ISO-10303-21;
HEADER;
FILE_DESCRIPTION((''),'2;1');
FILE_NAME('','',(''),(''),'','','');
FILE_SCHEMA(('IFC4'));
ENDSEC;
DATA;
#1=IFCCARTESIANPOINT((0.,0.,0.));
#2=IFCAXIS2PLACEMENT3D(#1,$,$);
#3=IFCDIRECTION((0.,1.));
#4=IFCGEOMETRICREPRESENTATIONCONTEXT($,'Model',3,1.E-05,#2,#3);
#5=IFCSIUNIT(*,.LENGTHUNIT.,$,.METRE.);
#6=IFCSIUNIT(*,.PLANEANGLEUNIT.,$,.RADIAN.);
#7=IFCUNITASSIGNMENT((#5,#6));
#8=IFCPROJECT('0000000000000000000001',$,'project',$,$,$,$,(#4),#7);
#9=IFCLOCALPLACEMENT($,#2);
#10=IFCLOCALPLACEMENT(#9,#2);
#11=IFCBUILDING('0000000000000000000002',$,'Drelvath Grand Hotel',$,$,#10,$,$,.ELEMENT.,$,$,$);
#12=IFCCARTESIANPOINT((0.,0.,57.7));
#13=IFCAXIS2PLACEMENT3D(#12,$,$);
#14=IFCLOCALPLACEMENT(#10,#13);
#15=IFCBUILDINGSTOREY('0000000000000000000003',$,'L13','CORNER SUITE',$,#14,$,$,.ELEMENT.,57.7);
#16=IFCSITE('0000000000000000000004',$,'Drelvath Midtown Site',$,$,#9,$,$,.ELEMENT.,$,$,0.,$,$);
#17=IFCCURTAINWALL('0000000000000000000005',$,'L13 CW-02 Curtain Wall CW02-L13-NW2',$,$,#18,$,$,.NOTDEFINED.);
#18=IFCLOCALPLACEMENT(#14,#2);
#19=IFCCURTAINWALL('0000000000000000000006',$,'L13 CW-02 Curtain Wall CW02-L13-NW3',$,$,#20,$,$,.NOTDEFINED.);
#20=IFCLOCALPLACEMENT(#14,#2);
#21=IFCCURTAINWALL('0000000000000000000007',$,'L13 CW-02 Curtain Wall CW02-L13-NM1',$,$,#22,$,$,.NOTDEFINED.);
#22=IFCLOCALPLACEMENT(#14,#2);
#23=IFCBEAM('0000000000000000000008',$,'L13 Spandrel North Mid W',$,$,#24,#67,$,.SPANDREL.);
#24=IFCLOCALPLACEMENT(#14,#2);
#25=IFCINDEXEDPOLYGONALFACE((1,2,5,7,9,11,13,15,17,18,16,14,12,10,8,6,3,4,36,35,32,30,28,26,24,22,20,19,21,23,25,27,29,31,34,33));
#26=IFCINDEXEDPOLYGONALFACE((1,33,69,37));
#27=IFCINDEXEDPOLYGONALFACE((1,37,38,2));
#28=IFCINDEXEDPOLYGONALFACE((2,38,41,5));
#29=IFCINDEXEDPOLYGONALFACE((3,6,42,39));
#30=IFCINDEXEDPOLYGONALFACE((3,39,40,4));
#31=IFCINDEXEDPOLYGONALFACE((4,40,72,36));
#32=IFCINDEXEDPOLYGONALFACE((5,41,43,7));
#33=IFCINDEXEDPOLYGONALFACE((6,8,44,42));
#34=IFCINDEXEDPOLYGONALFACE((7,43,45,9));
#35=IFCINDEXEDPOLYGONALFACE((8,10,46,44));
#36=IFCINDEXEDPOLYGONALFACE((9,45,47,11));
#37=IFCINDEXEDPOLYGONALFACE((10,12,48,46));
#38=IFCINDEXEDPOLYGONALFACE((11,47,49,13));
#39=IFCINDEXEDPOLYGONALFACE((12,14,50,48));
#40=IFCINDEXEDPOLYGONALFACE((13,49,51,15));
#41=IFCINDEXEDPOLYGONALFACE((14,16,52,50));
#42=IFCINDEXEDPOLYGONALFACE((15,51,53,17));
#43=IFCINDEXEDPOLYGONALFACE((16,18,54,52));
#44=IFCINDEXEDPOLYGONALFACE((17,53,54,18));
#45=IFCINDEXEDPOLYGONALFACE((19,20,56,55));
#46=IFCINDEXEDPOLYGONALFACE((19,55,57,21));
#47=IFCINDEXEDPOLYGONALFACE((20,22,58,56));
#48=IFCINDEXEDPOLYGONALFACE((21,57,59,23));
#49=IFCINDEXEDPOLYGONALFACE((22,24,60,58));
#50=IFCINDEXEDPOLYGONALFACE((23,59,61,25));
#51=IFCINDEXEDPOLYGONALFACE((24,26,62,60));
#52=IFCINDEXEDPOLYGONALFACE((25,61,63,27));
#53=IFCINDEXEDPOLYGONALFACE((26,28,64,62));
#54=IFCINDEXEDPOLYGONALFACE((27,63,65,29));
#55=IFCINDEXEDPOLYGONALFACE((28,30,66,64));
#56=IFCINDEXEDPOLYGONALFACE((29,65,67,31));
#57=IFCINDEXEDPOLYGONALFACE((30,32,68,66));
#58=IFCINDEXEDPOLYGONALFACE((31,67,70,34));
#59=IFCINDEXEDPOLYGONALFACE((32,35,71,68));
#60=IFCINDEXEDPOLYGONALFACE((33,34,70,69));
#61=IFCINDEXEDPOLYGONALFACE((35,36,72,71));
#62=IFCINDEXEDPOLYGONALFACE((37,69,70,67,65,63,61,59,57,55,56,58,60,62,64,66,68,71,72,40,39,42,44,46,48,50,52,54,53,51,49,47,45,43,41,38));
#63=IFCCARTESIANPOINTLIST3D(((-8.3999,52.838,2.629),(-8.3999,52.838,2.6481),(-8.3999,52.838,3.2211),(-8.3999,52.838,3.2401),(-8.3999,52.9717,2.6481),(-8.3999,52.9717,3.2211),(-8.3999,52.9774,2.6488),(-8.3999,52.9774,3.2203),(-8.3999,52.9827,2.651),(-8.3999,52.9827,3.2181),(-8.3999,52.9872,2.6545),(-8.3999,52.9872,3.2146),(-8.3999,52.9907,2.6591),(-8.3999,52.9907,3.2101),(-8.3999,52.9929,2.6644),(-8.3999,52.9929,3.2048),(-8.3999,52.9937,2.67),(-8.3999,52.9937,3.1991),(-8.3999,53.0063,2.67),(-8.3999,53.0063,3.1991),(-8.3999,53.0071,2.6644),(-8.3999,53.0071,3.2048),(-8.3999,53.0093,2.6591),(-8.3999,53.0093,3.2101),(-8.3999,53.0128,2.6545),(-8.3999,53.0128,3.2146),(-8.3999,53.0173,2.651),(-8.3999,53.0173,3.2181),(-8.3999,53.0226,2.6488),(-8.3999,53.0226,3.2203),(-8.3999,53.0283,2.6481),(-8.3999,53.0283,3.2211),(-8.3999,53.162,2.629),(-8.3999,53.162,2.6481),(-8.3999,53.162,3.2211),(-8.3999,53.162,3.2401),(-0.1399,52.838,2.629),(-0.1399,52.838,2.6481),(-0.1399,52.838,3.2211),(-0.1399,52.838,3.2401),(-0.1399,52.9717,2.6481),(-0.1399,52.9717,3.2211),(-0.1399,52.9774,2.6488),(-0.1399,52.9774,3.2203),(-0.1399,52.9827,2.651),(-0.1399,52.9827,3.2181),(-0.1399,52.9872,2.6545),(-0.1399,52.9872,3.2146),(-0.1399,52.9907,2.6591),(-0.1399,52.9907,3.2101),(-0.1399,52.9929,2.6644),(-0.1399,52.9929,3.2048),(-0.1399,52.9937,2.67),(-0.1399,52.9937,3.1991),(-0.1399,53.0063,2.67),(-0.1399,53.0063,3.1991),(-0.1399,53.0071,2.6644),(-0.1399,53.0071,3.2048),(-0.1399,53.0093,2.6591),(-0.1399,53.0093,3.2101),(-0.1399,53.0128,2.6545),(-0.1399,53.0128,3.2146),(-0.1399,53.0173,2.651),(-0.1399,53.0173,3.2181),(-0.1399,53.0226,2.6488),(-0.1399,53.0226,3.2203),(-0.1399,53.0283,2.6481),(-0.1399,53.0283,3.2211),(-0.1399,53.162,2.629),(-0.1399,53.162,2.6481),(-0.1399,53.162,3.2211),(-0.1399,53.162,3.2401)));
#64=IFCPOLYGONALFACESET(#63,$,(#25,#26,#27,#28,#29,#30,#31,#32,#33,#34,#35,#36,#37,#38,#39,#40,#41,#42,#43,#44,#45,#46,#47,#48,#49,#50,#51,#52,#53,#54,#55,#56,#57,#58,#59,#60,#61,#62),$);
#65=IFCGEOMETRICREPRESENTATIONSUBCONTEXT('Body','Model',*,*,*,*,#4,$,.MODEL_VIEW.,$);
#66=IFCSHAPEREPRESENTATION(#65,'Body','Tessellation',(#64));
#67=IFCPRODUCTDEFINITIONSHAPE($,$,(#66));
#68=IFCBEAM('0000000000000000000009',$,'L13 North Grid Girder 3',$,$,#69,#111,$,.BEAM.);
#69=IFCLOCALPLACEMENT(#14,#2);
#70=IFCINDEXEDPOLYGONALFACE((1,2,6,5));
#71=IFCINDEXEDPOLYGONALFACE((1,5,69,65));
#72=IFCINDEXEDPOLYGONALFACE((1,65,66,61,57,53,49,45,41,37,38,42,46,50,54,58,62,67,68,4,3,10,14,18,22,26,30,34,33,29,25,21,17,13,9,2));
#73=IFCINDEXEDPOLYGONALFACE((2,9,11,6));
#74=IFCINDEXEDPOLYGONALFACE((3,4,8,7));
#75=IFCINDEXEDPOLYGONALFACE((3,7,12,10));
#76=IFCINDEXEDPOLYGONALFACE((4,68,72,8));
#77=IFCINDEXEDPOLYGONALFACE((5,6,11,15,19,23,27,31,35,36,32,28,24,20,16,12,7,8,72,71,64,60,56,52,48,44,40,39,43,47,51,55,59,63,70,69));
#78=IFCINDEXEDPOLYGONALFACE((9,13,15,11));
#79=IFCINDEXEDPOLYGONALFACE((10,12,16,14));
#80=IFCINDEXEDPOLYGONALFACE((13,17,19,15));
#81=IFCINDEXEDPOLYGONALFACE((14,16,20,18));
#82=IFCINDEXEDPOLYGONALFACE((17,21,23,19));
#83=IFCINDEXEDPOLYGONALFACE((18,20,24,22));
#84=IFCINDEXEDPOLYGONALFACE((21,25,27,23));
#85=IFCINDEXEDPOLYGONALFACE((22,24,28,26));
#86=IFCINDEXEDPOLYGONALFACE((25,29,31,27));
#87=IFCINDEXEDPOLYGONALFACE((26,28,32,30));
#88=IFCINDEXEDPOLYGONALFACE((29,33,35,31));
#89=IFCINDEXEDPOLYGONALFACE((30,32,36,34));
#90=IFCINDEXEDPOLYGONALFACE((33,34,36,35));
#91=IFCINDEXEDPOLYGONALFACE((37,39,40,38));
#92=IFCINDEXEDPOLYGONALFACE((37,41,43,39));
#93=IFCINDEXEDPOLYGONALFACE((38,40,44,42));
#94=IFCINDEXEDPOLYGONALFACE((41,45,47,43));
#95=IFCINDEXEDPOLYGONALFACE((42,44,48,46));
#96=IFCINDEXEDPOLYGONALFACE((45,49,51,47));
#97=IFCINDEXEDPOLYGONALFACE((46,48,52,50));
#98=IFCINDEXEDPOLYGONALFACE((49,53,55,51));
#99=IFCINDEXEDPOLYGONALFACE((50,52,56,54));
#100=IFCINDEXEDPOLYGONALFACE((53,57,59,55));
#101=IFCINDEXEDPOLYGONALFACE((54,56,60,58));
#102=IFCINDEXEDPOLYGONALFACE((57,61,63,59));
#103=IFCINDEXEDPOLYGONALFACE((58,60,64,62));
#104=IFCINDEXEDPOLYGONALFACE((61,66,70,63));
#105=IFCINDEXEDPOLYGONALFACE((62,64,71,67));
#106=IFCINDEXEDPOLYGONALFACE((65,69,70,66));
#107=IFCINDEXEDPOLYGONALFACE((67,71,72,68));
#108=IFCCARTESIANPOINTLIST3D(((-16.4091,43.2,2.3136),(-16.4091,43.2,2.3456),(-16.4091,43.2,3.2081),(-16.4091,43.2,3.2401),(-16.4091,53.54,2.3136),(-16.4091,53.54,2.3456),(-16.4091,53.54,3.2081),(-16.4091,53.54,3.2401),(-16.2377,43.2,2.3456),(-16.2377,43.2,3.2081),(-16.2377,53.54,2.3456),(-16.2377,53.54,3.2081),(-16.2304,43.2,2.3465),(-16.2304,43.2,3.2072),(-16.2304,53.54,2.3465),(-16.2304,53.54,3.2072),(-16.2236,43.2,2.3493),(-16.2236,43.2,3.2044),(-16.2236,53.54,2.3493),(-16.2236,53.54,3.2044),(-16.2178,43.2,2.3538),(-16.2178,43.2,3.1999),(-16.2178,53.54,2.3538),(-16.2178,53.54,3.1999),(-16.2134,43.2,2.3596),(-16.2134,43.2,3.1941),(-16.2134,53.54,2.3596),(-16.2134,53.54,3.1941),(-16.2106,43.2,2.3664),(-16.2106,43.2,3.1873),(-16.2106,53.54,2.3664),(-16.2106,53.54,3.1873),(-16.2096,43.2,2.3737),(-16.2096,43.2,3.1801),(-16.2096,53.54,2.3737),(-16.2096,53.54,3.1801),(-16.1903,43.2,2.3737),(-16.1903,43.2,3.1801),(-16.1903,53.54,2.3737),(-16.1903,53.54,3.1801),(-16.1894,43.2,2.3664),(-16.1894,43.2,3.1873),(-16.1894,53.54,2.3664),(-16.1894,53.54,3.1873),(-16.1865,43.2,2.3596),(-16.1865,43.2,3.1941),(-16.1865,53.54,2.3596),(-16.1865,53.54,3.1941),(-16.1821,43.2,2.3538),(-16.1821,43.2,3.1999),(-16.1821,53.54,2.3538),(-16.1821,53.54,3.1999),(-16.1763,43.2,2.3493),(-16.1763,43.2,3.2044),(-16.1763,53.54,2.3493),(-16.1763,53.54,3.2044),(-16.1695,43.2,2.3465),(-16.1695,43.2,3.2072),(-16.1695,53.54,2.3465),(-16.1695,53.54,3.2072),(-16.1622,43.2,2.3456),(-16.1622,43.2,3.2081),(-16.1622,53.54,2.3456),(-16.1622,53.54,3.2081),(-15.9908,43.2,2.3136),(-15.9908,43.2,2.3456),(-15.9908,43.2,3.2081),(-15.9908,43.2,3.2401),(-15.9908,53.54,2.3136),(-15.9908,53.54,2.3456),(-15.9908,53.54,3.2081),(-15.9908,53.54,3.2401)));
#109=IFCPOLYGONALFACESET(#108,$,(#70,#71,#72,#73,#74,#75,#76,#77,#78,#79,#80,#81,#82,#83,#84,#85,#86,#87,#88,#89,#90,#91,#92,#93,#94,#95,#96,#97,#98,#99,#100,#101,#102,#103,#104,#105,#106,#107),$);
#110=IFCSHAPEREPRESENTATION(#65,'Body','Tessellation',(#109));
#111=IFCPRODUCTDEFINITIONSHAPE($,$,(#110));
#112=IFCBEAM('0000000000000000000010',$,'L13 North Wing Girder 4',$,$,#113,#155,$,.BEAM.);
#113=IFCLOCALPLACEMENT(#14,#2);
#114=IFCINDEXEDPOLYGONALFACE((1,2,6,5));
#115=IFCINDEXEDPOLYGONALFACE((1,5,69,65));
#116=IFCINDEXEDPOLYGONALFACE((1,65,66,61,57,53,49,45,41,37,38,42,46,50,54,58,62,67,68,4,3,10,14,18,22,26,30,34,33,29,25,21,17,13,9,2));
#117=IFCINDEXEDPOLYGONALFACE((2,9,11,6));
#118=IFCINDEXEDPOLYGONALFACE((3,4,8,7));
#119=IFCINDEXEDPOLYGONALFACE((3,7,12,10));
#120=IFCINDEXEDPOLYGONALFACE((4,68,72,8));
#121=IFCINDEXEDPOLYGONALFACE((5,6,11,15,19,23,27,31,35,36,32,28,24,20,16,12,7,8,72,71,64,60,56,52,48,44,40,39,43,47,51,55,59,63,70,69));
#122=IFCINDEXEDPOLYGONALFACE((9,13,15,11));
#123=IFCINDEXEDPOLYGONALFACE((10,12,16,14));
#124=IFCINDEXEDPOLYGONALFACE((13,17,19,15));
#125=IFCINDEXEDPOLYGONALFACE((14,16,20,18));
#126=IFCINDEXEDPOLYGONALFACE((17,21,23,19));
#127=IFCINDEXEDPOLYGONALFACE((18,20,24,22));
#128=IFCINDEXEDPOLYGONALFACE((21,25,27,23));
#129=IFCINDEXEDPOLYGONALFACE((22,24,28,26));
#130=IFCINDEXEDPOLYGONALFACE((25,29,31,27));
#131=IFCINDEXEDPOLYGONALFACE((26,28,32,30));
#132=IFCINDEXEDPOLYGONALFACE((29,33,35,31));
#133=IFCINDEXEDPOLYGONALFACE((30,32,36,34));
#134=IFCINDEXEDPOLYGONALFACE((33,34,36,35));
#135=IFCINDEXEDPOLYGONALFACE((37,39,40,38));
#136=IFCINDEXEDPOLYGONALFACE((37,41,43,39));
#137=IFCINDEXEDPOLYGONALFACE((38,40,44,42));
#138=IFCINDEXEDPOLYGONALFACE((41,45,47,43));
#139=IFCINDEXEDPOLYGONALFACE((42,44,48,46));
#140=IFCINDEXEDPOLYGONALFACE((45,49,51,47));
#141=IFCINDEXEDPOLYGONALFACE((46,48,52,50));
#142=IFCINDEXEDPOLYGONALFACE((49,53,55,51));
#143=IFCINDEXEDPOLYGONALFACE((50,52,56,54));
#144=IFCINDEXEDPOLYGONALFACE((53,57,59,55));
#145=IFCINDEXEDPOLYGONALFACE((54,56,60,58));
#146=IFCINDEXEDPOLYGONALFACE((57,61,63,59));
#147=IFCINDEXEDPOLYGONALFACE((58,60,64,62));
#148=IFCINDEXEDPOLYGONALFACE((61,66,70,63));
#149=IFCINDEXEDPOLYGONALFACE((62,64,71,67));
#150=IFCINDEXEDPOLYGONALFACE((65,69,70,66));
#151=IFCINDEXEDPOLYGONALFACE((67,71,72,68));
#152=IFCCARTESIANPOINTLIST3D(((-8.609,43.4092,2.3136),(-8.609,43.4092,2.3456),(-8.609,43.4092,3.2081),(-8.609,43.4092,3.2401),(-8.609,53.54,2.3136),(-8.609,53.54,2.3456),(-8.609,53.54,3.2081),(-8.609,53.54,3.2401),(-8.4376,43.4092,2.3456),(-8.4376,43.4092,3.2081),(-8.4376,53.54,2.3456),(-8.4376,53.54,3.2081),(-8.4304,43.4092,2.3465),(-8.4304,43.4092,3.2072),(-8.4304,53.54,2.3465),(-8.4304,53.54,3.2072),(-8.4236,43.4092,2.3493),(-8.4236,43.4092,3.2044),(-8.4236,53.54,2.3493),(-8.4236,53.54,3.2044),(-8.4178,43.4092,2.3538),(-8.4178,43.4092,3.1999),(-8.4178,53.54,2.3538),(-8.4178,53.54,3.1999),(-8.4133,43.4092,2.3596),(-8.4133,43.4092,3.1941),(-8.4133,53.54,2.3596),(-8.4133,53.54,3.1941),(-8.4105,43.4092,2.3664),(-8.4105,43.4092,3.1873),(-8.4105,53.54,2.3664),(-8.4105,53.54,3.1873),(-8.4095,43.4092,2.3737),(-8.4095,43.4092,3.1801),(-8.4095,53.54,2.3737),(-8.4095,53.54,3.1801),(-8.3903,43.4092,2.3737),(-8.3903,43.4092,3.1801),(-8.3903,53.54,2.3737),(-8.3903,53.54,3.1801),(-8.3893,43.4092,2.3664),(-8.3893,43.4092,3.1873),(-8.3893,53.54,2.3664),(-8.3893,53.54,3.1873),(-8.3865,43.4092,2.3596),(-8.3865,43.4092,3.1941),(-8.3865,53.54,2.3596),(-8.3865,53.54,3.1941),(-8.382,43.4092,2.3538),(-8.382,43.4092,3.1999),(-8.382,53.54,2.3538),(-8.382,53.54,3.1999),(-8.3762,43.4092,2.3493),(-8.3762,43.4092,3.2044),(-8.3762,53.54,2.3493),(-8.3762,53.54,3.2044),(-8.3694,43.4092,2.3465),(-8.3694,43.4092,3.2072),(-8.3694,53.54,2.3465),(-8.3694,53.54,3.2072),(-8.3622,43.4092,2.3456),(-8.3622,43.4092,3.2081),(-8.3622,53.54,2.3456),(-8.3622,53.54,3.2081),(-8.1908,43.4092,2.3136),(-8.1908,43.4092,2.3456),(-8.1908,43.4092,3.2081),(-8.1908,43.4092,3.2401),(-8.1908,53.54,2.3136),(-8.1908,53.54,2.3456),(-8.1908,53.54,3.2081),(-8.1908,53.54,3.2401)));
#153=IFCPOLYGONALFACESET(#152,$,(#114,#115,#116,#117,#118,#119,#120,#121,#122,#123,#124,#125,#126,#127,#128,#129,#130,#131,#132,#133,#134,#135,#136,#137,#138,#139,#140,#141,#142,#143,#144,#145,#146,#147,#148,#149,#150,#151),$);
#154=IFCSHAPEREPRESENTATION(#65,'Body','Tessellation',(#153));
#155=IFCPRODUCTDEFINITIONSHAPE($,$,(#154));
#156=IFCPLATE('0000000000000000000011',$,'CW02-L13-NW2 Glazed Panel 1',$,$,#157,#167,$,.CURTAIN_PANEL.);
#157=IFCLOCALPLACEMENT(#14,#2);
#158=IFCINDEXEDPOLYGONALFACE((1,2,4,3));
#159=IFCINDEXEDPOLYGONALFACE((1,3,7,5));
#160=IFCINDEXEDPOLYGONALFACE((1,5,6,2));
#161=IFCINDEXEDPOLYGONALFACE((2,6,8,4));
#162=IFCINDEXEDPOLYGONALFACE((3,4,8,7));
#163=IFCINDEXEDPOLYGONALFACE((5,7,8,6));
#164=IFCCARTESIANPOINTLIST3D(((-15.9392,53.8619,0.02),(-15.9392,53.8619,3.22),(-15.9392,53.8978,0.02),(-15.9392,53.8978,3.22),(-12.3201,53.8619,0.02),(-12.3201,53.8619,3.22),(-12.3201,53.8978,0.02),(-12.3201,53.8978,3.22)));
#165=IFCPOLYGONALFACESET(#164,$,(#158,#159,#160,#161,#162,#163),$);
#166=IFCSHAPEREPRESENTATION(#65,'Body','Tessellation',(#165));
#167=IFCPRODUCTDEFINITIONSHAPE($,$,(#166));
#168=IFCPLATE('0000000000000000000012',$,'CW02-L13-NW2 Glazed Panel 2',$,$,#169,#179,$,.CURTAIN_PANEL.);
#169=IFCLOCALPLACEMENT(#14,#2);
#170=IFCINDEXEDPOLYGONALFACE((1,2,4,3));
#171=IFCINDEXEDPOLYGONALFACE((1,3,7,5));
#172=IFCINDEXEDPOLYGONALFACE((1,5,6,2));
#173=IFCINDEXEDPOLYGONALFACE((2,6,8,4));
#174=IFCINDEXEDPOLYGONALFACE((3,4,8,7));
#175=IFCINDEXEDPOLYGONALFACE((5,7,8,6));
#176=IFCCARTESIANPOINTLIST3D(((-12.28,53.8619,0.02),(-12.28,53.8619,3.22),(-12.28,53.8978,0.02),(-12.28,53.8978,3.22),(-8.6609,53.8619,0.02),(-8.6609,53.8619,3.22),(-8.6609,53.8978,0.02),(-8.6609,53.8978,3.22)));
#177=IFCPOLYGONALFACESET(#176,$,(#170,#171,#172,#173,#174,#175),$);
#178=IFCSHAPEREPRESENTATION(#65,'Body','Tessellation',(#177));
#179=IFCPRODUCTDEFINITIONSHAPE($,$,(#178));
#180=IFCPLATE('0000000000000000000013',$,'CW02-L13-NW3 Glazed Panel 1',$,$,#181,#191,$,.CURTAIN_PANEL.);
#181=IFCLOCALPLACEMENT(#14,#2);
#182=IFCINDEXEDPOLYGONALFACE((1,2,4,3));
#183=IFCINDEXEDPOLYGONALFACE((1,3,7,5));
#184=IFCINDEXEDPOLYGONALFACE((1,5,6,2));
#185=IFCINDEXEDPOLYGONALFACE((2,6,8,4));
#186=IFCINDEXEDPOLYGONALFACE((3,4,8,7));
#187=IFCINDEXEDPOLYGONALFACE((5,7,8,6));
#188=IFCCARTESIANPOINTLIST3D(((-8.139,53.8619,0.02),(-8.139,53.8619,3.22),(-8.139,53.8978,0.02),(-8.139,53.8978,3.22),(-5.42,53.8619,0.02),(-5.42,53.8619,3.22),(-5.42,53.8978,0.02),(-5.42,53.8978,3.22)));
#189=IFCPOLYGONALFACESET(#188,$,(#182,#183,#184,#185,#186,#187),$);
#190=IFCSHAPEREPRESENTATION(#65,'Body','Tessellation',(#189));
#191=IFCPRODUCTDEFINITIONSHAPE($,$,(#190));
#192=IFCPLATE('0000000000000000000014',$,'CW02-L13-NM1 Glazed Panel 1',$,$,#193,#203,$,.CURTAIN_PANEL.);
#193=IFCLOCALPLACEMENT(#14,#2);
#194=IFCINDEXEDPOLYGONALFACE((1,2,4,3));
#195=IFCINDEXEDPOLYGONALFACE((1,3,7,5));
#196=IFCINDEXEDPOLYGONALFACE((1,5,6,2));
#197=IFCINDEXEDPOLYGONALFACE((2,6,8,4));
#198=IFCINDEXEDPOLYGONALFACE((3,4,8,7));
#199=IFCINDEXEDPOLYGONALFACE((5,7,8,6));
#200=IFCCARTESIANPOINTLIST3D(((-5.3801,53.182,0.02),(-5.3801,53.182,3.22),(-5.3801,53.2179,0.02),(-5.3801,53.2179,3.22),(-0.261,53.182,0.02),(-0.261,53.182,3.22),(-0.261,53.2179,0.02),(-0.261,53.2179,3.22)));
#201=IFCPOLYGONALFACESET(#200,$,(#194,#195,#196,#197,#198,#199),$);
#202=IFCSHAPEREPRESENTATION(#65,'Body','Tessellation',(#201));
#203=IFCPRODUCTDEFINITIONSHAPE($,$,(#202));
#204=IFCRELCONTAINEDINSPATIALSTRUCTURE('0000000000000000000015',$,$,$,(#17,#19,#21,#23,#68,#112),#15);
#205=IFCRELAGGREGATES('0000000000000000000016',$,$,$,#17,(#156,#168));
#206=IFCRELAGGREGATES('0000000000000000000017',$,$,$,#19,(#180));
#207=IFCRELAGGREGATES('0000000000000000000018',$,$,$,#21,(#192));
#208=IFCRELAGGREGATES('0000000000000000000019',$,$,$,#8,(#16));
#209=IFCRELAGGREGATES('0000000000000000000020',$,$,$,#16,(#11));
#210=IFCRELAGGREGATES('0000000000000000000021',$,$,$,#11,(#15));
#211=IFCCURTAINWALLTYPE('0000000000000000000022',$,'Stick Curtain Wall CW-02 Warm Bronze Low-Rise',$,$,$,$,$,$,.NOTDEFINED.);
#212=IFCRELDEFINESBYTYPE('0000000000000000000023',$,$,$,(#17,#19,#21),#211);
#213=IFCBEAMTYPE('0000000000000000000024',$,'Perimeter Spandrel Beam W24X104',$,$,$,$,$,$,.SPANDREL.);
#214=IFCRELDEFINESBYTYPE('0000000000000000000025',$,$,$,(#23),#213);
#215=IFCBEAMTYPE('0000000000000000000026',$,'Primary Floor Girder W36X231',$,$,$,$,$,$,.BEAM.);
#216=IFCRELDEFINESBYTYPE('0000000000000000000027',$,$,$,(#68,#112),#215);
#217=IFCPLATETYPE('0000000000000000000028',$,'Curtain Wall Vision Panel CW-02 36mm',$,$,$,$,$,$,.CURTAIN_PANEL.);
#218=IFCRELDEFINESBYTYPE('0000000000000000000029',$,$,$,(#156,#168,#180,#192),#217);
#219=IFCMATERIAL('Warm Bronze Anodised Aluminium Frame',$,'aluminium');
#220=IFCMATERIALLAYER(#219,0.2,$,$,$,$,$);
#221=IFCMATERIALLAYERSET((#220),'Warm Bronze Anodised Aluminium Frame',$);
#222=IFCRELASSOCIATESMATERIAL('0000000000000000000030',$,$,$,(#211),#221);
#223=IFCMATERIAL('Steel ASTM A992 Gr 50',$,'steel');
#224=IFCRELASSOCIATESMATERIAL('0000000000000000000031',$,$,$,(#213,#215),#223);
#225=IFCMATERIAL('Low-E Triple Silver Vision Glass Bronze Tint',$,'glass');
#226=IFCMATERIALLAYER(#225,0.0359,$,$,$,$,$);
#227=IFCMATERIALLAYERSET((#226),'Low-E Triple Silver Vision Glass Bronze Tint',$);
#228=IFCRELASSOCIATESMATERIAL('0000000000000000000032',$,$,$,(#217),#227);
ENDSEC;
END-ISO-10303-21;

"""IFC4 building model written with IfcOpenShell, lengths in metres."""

from ifc_helpers import new_model, si_unit, direction, frame, origin, origin_2d, place, context, subcontext, project, spatial, rectangle, i_section, extrude, material, layer, layer_set, material_profile, profile_set, type_object, element, aggregate, save


model = new_model("IFC4")

# Units and contexts
model_context = context("Model", 3, precision=1e-05, world=origin(), true_north=direction((0.0, 1.0)))
body_context = subcontext(model_context, "Body", "Model", "MODEL_VIEW")
ifc_project = project(units=[si_unit("LENGTHUNIT", "METRE"), si_unit("PLANEANGLEUNIT", "RADIAN")], contexts=[model_context])

# Site, building, storey
site_placement = place(None, origin())
site = spatial("IfcSite", under=ifc_project, at=site_placement, Name="Drelvath Midtown Site", CompositionType="ELEMENT", RefElevation=0.0)
building_placement = place(site_placement, origin())
building = spatial("IfcBuilding", under=site, at=building_placement, Name="Drelvath Grand Hotel", CompositionType="ELEMENT")
storey_placement = place(building_placement, frame((0.0, 0.0, 57.7)))
storey = spatial("IfcBuildingStorey", under=building, at=storey_placement, Name="L13", Description="CORNER SUITE", CompositionType="ELEMENT", Elevation=57.7)

# Curtain walls
ifc_material_1 = material(Name="Warm Bronze Anodised Aluminium Frame", Category="aluminium")
ifc_layer_1 = layer(ifc_material_1, 0.2)
ifc_layer_set_1 = layer_set([ifc_layer_1], Name="Warm Bronze Anodised Aluminium Frame")
curtain_wall_type = type_object("IfcCurtainWallType", Name="Stick Curtain Wall CW-02 Warm Bronze Low-Rise", PredefinedType="NOTDEFINED", material=ifc_layer_set_1)
curtain_wall_1_placement = place(storey_placement, origin())
curtain_wall_1 = element("IfcCurtainWall", 1, at=curtain_wall_1_placement, inside=storey, type_object=curtain_wall_type, Name="L13 CW-02 Curtain Wall CW02-L13-NW2", PredefinedType="NOTDEFINED")
curtain_wall_2_placement = place(storey_placement, origin())
curtain_wall_2 = element("IfcCurtainWall", 2, at=curtain_wall_2_placement, inside=storey, type_object=curtain_wall_type, Name="L13 CW-02 Curtain Wall CW02-L13-NW3", PredefinedType="NOTDEFINED")
curtain_wall_3_placement = place(storey_placement, origin())
curtain_wall_3 = element("IfcCurtainWall", 3, at=curtain_wall_3_placement, inside=storey, type_object=curtain_wall_type, Name="L13 CW-02 Curtain Wall CW02-L13-NM1", PredefinedType="NOTDEFINED")

# Beams
ifc_material_2 = material(Name="Steel ASTM A992 Gr 50", Category="steel")
ifc_material_profile_1 = material_profile(ifc_material_2, i_section(OverallWidth=0.324, OverallDepth=0.6111, WebThickness=0.0127, FlangeThickness=0.019, FilletRadius=0.022, at=origin_2d()), Name="W24X104")
ifc_profile_set_1 = profile_set([ifc_material_profile_1], Name="Steel ASTM A992 Gr 50")
beam_type_1 = type_object("IfcBeamType", Name="Perimeter Spandrel Beam W24X104", PredefinedType="SPANDREL", material=ifc_profile_set_1)
beam_1_placement = place(storey_placement, frame((-8.3999, 53.0, 2.9346), z_axis=(1.0, 0.0, 0.0), x_axis=(0.0, 1.0, 0.0)))
element("IfcBeam", 4, at=beam_1_placement, inside=storey, type_object=beam_type_1, Name="L13 Spandrel North Mid W", PredefinedType="SPANDREL", context=body_context, shape_type="SweptSolid", body=[
    extrude(i_section(OverallWidth=0.324, OverallDepth=0.6111, WebThickness=0.0127, FlangeThickness=0.019, FilletRadius=0.022, at=origin_2d()), origin(), (0.0, 0.0, 1.0), 8.26),
])
ifc_material_profile_2 = material_profile(ifc_material_2, i_section(OverallWidth=0.4182, OverallDepth=0.9265, WebThickness=0.0193, FlangeThickness=0.032, FilletRadius=0.0281, at=origin_2d()), Name="W36X231")
ifc_profile_set_2 = profile_set([ifc_material_profile_2], Name="Steel ASTM A992 Gr 50")
beam_type_2 = type_object("IfcBeamType", Name="Primary Floor Girder W36X231", PredefinedType="BEAM", material=ifc_profile_set_2)
beam_2_placement = place(storey_placement, frame((-16.2, 43.2, 2.7769), z_axis=(0.0, 1.0, 0.0), x_axis=(-1.0, 0.0, 0.0)))
element("IfcBeam", 5, at=beam_2_placement, inside=storey, type_object=beam_type_2, Name="L13 North Grid Girder 3", PredefinedType="BEAM", context=body_context, shape_type="SweptSolid", body=[
    extrude(i_section(OverallWidth=0.4182, OverallDepth=0.9265, WebThickness=0.0193, FlangeThickness=0.032, FilletRadius=0.0281, at=origin_2d()), origin(), (0.0, 0.0, 1.0), 10.3401),
])
beam_3_placement = place(storey_placement, frame((-8.3999, 43.4092, 2.7769), z_axis=(0.0, 1.0, 0.0), x_axis=(-1.0, 0.0, 0.0)))
element("IfcBeam", 6, at=beam_3_placement, inside=storey, type_object=beam_type_2, Name="L13 North Wing Girder 4", PredefinedType="BEAM", context=body_context, shape_type="SweptSolid", body=[
    extrude(i_section(OverallWidth=0.4182, OverallDepth=0.9265, WebThickness=0.0193, FlangeThickness=0.032, FilletRadius=0.0281, at=origin_2d()), origin(), (0.0, 0.0, 1.0), 10.1309),
])

# Plates
ifc_material_3 = material(Name="Low-E Triple Silver Vision Glass Bronze Tint", Category="glass")
ifc_layer_2 = layer(ifc_material_3, 0.0359)
ifc_layer_set_2 = layer_set([ifc_layer_2], Name="Low-E Triple Silver Vision Glass Bronze Tint")
plate_type = type_object("IfcPlateType", Name="Curtain Wall Vision Panel CW-02 36mm", PredefinedType="CURTAIN_PANEL", material=ifc_layer_set_2)
plate_1_placement = place(storey_placement, frame((-14.1296, 53.8799, 0.02), z_axis=(0.0, 0.0, 1.0), x_axis=(1.0, 0.0, 0.0)))
plate_1 = element("IfcPlate", 7, at=plate_1_placement, type_object=plate_type, Name="CW02-L13-NW2 Glazed Panel 1", PredefinedType="CURTAIN_PANEL", context=body_context, shape_type="SweptSolid", body=[
    extrude(rectangle(XDim=3.6191, YDim=0.0359, at=origin_2d()), origin(), (0.0, 0.0, 1.0), 3.2),
])
plate_2_placement = place(storey_placement, frame((-10.4705, 53.8799, 0.02), z_axis=(0.0, 0.0, 1.0), x_axis=(1.0, 0.0, 0.0)))
plate_2 = element("IfcPlate", 8, at=plate_2_placement, type_object=plate_type, Name="CW02-L13-NW2 Glazed Panel 2", PredefinedType="CURTAIN_PANEL", context=body_context, shape_type="SweptSolid", body=[
    extrude(rectangle(XDim=3.6191, YDim=0.0359, at=origin_2d()), origin(), (0.0, 0.0, 1.0), 3.2),
])
aggregate(curtain_wall_1, [plate_1, plate_2])
plate_3_placement = place(storey_placement, frame((-6.7795, 53.8799, 0.02), z_axis=(0.0, 0.0, 1.0), x_axis=(1.0, 0.0, 0.0)))
plate_3 = element("IfcPlate", 9, at=plate_3_placement, type_object=plate_type, Name="CW02-L13-NW3 Glazed Panel 1", PredefinedType="CURTAIN_PANEL", context=body_context, shape_type="SweptSolid", body=[
    extrude(rectangle(XDim=2.719, YDim=0.0359, at=origin_2d()), origin(), (0.0, 0.0, 1.0), 3.2),
])
aggregate(curtain_wall_2, [plate_3])
plate_4_placement = place(storey_placement, frame((-2.8206, 53.2, 0.02), z_axis=(0.0, 0.0, 1.0), x_axis=(1.0, 0.0, 0.0)))
plate_4 = element("IfcPlate", 10, at=plate_4_placement, type_object=plate_type, Name="CW02-L13-NM1 Glazed Panel 1", PredefinedType="CURTAIN_PANEL", context=body_context, shape_type="SweptSolid", body=[
    extrude(rectangle(XDim=5.1191, YDim=0.0359, at=origin_2d()), origin(), (0.0, 0.0, 1.0), 3.2),
])
aggregate(curtain_wall_3, [plate_4])

save(model, "model.ifc")
